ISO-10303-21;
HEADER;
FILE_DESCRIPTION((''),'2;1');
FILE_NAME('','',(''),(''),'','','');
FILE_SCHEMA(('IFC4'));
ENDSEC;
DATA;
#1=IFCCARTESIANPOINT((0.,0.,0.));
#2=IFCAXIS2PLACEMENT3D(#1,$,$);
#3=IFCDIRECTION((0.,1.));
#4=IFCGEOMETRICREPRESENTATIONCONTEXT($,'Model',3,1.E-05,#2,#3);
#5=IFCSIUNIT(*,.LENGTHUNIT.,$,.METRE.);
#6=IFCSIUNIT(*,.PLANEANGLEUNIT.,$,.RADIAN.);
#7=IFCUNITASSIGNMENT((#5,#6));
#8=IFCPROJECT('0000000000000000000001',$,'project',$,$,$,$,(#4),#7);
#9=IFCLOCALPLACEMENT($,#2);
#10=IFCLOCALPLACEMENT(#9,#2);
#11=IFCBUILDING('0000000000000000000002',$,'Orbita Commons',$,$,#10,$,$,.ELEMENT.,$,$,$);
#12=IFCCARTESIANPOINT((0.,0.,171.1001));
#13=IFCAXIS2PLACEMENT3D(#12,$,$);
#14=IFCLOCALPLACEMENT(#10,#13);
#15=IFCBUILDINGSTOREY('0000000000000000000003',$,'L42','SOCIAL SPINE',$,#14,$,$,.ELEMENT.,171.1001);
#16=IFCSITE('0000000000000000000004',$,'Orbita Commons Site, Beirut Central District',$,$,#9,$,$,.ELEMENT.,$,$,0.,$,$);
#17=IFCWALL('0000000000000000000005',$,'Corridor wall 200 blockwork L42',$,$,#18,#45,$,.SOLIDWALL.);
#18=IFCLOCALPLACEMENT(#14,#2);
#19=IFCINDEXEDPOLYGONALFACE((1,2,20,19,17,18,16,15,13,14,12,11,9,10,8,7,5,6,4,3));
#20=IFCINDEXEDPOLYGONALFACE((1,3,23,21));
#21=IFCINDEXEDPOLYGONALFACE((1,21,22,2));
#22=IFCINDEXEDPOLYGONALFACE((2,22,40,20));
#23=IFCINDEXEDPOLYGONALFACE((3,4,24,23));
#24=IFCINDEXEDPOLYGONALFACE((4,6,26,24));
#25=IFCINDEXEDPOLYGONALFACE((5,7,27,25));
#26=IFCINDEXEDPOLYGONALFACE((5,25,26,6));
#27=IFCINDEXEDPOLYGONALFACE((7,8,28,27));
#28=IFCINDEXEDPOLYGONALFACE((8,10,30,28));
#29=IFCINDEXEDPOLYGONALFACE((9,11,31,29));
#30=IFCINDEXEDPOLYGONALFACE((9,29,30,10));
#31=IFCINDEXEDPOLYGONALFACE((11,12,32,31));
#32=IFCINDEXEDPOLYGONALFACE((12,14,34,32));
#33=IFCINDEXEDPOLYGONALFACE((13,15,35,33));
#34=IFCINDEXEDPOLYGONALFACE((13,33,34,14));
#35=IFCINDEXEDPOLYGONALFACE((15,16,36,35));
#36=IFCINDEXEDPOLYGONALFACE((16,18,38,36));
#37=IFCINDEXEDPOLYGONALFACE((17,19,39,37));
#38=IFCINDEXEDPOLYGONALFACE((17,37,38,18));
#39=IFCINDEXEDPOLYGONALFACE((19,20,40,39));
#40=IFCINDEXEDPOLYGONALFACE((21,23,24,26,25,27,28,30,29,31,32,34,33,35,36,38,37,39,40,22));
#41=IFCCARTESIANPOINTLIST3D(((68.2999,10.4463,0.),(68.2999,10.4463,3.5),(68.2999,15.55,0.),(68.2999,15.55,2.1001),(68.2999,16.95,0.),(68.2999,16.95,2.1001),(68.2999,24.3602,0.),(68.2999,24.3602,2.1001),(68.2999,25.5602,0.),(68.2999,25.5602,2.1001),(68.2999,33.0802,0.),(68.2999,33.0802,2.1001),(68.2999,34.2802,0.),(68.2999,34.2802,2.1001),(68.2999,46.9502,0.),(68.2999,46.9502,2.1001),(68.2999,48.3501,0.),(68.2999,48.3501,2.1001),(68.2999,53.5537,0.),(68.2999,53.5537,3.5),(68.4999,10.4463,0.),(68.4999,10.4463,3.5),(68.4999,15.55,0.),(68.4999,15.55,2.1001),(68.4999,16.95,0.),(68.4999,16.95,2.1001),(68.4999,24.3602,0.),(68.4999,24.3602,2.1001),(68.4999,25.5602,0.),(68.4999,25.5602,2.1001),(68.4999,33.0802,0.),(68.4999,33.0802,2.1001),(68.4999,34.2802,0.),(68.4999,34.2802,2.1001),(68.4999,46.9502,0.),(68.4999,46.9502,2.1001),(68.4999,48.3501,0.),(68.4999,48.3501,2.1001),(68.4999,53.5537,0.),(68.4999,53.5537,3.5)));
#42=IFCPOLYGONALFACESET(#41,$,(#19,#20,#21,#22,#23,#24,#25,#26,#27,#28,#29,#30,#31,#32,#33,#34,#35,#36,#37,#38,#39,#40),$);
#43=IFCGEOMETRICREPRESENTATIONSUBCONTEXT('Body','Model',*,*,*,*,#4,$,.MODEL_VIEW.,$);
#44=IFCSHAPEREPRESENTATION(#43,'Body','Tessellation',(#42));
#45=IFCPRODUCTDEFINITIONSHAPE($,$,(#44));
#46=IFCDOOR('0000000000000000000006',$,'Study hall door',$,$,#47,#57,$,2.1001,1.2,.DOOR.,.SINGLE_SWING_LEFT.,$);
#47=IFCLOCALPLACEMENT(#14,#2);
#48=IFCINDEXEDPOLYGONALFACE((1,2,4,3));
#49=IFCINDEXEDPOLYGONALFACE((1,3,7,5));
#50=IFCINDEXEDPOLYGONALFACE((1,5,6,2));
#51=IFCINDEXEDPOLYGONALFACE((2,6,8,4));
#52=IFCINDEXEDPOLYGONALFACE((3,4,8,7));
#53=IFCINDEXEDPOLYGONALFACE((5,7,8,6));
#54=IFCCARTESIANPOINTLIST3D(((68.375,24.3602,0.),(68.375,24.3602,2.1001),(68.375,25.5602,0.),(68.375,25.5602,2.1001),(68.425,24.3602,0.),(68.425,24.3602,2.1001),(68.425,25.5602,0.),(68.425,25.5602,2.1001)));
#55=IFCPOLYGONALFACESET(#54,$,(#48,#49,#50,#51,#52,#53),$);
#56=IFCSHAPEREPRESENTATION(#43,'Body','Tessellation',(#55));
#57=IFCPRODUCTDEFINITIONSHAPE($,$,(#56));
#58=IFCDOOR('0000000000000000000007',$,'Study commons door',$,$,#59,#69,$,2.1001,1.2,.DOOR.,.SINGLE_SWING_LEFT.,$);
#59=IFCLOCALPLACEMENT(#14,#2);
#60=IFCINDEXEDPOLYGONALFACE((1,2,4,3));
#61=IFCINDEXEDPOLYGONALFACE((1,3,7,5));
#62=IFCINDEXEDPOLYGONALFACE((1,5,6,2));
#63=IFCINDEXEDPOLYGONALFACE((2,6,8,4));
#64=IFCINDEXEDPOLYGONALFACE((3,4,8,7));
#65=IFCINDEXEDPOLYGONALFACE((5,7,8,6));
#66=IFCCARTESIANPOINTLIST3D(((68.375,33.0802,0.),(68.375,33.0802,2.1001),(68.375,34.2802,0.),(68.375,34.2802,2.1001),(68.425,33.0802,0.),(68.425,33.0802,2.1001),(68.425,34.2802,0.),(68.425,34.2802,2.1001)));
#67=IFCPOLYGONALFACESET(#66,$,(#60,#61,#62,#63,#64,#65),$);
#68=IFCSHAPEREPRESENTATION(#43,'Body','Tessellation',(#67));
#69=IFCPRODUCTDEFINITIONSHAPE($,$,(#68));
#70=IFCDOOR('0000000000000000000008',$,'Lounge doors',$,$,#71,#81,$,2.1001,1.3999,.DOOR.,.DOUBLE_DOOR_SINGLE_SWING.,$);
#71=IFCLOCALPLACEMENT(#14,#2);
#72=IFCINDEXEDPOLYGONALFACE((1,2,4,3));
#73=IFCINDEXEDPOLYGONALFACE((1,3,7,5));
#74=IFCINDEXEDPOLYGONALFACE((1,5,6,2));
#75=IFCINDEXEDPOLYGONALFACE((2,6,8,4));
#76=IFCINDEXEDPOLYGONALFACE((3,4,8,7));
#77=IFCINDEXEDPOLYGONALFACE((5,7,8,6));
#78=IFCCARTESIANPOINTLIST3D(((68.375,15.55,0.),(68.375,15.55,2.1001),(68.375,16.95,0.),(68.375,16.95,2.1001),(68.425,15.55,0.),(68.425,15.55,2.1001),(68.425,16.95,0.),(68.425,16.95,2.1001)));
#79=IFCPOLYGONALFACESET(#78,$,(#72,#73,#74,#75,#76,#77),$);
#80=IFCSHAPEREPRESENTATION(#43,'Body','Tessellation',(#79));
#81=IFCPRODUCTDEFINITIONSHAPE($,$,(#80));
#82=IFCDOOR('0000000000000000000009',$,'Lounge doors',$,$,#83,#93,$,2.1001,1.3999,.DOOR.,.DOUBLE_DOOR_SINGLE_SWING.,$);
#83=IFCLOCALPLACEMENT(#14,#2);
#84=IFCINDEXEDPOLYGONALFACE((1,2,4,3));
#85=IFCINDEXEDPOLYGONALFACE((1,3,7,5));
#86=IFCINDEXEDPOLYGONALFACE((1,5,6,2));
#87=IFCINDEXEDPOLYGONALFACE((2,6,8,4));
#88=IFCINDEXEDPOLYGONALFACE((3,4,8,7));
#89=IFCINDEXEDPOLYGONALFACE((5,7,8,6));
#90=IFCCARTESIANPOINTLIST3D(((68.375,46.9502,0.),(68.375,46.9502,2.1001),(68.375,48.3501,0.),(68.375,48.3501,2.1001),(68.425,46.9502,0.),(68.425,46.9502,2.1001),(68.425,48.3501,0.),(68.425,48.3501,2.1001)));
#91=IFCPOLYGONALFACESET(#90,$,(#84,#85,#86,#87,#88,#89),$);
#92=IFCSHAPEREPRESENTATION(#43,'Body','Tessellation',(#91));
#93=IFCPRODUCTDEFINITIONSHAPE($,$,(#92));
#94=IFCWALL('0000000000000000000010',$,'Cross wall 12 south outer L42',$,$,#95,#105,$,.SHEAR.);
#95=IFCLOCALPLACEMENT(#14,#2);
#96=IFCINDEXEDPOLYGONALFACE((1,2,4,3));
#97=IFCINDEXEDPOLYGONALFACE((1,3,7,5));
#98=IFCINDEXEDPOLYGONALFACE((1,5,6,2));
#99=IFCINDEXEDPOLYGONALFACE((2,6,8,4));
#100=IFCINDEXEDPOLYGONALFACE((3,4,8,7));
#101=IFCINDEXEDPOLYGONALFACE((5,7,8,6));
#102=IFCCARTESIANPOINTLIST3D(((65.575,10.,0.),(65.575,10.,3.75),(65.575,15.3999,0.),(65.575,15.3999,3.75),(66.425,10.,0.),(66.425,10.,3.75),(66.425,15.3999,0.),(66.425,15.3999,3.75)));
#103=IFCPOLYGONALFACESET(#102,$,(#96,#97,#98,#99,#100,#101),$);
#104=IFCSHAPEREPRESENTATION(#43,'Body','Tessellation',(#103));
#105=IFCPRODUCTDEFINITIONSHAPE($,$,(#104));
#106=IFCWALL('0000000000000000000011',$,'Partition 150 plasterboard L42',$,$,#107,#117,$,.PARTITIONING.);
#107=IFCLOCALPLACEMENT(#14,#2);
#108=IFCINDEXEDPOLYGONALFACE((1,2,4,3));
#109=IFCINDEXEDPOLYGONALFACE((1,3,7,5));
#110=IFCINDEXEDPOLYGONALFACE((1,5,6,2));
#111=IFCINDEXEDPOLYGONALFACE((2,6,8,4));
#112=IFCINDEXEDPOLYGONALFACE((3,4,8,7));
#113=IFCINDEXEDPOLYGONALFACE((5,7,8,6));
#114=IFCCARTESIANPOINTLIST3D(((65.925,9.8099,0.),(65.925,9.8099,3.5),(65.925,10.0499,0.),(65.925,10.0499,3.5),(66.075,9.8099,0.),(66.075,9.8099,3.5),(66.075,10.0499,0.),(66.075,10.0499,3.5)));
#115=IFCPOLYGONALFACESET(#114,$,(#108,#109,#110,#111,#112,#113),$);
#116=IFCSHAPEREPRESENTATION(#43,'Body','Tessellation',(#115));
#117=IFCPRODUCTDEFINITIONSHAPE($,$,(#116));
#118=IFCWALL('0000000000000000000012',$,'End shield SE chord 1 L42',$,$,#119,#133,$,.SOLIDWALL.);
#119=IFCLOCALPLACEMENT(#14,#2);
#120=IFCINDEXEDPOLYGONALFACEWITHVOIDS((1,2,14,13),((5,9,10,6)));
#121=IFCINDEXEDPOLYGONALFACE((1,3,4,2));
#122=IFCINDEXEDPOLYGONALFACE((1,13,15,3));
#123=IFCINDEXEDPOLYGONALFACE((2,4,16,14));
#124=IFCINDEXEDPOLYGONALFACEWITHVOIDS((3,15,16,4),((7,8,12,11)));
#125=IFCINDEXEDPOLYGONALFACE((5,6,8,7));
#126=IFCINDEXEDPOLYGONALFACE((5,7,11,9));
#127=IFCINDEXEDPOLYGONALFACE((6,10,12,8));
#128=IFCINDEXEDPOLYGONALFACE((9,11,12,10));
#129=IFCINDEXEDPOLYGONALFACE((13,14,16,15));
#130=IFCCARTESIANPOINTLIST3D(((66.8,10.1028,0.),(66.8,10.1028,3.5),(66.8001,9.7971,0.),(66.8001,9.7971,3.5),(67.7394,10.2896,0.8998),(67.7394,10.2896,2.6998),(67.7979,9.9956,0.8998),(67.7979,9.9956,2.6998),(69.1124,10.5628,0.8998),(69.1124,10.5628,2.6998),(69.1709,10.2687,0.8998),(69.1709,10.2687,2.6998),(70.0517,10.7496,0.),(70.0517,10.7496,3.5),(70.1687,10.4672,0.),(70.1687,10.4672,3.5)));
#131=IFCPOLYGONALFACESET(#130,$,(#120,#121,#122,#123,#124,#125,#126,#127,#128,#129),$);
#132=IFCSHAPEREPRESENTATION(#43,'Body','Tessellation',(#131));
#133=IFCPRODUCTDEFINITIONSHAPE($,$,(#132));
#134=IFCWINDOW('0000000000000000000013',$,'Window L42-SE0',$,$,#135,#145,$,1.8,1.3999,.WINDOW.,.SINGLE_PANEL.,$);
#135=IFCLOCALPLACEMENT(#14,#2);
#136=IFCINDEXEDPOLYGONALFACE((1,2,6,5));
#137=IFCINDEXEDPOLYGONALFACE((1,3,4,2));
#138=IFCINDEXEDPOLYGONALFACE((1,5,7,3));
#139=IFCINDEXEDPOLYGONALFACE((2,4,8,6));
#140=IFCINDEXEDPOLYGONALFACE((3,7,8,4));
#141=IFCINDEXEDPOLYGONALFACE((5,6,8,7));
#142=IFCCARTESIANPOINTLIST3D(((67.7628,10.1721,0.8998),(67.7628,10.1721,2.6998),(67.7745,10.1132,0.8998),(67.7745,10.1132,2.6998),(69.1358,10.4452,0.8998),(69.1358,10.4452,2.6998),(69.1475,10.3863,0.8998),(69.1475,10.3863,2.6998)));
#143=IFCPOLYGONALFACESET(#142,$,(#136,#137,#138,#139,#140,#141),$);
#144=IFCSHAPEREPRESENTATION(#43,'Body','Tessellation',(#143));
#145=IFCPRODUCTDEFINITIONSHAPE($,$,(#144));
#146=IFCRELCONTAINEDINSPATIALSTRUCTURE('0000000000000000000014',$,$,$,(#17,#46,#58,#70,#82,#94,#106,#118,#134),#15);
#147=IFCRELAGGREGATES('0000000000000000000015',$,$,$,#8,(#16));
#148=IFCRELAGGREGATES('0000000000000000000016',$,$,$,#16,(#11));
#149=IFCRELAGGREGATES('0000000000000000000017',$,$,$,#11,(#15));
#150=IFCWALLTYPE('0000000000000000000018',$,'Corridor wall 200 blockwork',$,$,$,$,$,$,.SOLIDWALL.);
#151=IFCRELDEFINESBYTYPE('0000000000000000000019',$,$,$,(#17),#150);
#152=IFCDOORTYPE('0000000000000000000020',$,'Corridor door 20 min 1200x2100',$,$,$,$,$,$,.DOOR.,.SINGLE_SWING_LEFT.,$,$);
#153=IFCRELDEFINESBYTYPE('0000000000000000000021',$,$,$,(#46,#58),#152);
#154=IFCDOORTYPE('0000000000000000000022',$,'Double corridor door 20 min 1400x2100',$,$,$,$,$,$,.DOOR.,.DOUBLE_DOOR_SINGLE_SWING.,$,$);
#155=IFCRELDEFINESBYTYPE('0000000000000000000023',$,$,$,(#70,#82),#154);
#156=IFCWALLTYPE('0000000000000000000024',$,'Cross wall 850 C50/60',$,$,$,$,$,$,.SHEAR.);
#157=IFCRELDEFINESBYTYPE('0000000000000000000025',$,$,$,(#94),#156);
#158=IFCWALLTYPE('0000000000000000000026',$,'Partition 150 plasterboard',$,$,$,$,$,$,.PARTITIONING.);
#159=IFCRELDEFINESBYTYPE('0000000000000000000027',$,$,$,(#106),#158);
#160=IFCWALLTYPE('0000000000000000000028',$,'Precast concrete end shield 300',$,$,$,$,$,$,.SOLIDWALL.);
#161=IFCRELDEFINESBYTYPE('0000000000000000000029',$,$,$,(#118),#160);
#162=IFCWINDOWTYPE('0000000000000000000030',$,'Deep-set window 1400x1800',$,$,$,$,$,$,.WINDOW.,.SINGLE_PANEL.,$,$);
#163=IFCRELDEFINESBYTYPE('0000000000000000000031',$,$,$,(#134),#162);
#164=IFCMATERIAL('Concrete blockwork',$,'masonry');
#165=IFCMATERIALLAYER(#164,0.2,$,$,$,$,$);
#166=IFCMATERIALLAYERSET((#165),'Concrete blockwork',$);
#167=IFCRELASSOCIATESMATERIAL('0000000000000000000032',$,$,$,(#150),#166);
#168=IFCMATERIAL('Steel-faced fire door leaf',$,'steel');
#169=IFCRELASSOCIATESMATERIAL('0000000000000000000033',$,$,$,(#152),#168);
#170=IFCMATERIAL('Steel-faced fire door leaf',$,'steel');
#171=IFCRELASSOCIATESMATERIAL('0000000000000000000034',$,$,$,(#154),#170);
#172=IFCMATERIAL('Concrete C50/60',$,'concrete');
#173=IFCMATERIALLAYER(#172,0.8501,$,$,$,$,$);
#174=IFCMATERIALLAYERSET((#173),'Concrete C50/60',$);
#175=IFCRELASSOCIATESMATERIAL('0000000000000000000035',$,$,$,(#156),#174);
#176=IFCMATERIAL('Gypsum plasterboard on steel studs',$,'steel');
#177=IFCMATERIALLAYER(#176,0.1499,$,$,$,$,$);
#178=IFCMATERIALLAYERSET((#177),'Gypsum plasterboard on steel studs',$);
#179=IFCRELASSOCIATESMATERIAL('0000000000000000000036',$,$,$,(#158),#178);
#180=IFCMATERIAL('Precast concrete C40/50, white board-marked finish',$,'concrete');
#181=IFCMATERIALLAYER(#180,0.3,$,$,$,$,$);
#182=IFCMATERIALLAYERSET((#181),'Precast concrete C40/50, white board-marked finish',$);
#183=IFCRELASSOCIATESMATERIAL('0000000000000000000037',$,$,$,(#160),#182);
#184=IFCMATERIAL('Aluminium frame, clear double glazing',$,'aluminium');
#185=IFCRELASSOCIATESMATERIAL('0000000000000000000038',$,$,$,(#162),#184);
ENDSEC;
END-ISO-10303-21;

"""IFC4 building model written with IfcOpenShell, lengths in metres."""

from ifc_helpers import new_model, si_unit, direction, frame, frame_2d, origin, place, context, subcontext, project, spatial, polyline, rectangle, outline, extrude, material, layer, layer_set, type_object, element, fill, save


model = new_model("IFC4")

# Units and contexts
model_context = context("Model", 3, precision=1e-05, world=origin(), true_north=direction((0.0, 1.0)))
body_context = subcontext(model_context, "Body", "Model", "MODEL_VIEW")
ifc_project = project(units=[si_unit("LENGTHUNIT", "METRE"), si_unit("PLANEANGLEUNIT", "RADIAN")], contexts=[model_context])

# Site, building, storey
site_placement = place(None, origin())
site = spatial("IfcSite", under=ifc_project, at=site_placement, Name="Orbita Commons Site, Beirut Central District", CompositionType="ELEMENT", RefElevation=0.0)
building_placement = place(site_placement, origin())
building = spatial("IfcBuilding", under=site, at=building_placement, Name="Orbita Commons", CompositionType="ELEMENT")
storey_placement = place(building_placement, frame((0.0, 0.0, 171.1001)))
storey = spatial("IfcBuildingStorey", under=building, at=storey_placement, Name="L42", Description="SOCIAL SPINE", CompositionType="ELEMENT", Elevation=171.1001)

# Wall, openings, doors
ifc_material_1 = material(Name="Concrete blockwork", Category="masonry")
ifc_layer_1 = layer(ifc_material_1, 0.2)
ifc_layer_set_1 = layer_set([ifc_layer_1], Name="Concrete blockwork")
wall_type_1 = type_object("IfcWallType", Name="Corridor wall 200 blockwork", PredefinedType="SOLIDWALL", material=ifc_layer_set_1)
wall_1_placement = place(storey_placement, frame((68.3999, 10.4463, 0.0), z_axis=(0.0, 0.0, 1.0), x_axis=(0.0, 1.0, 0.0)))
wall_1 = element("IfcWall", 1, at=wall_1_placement, inside=storey, type_object=wall_type_1, Name="Corridor wall 200 blockwork L42", PredefinedType="SOLIDWALL", context=body_context, shape_type="SweptSolid", body=[
    extrude(rectangle(XDim=43.1074, YDim=0.2, at=frame_2d((21.5537, 0.0))), origin(), (0.0, 0.0, 1.0), 3.5),
])
opening_1_placement = place(wall_1_placement, frame((13.9138, 0.0, 0.0)))
opening_1 = element("IfcOpeningElement", 2, at=opening_1_placement, cuts=wall_1, PredefinedType="OPENING", context=body_context, shape_type="SweptSolid", body=[
    extrude(rectangle(XDim=1.2, YDim=2.1001, at=frame_2d((0.6001, 1.05))), frame((0.0, 0.1099, 0.0), z_axis=(0.0, -1.0, 0.0), x_axis=(1.0, 0.0, 0.0)), (0.0, 0.0, 1.0), 0.22),
])
opening_2_placement = place(wall_1_placement, frame((22.6338, 0.0, 0.0)))
opening_2 = element("IfcOpeningElement", 3, at=opening_2_placement, cuts=wall_1, PredefinedType="OPENING", context=body_context, shape_type="SweptSolid", body=[
    extrude(rectangle(XDim=1.2, YDim=2.1001, at=frame_2d((0.6001, 1.05))), frame((0.0, 0.1099, 0.0), z_axis=(0.0, -1.0, 0.0), x_axis=(1.0, 0.0, 0.0)), (0.0, 0.0, 1.0), 0.22),
])
opening_3_placement = place(wall_1_placement, frame((5.1038, 0.0, 0.0)))
opening_3 = element("IfcOpeningElement", 4, at=opening_3_placement, cuts=wall_1, PredefinedType="OPENING", context=body_context, shape_type="SweptSolid", body=[
    extrude(rectangle(XDim=1.3999, YDim=2.1001, at=frame_2d((0.7, 1.05))), frame((0.0, 0.1099, 0.0), z_axis=(0.0, -1.0, 0.0), x_axis=(1.0, 0.0, 0.0)), (0.0, 0.0, 1.0), 0.22),
])
opening_4_placement = place(wall_1_placement, frame((36.5039, 0.0, 0.0)))
opening_4 = element("IfcOpeningElement", 5, at=opening_4_placement, cuts=wall_1, PredefinedType="OPENING", context=body_context, shape_type="SweptSolid", body=[
    extrude(rectangle(XDim=1.3999, YDim=2.1001, at=frame_2d((0.7, 1.05))), frame((0.0, 0.1099, 0.0), z_axis=(0.0, -1.0, 0.0), x_axis=(1.0, 0.0, 0.0)), (0.0, 0.0, 1.0), 0.22),
])
ifc_material_2 = material(Name="Steel-faced fire door leaf", Category="steel")
door_type_1 = type_object("IfcDoorType", Name="Corridor door 20 min 1200x2100", OperationType="SINGLE_SWING_LEFT", PredefinedType="DOOR", material=ifc_material_2)
door_1_placement = place(opening_1_placement, origin())
door_1 = element("IfcDoor", 6, at=door_1_placement, inside=storey, type_object=door_type_1, Name="Study hall door", OperationType="SINGLE_SWING_LEFT", OverallHeight=2.1001, OverallWidth=1.2, PredefinedType="DOOR", context=body_context, shape_type="SweptSolid", body=[
    extrude(rectangle(XDim=1.2, YDim=2.1001, at=frame_2d((0.6001, 1.05))), frame((0.0, 0.0249, 0.0), z_axis=(0.0, -1.0, 0.0), x_axis=(1.0, 0.0, 0.0)), (0.0, 0.0, 1.0), 0.05),
])
fill(opening_1, door_1)
door_2_placement = place(opening_2_placement, origin())
door_2 = element("IfcDoor", 7, at=door_2_placement, inside=storey, type_object=door_type_1, Name="Study commons door", OperationType="SINGLE_SWING_LEFT", OverallHeight=2.1001, OverallWidth=1.2, PredefinedType="DOOR", context=body_context, shape_type="SweptSolid", body=[
    extrude(rectangle(XDim=1.2, YDim=2.1001, at=frame_2d((0.6001, 1.05))), frame((0.0, 0.0249, 0.0), z_axis=(0.0, -1.0, 0.0), x_axis=(1.0, 0.0, 0.0)), (0.0, 0.0, 1.0), 0.05),
])
fill(opening_2, door_2)
ifc_material_3 = material(Name="Steel-faced fire door leaf", Category="steel")
door_type_2 = type_object("IfcDoorType", Name="Double corridor door 20 min 1400x2100", OperationType="DOUBLE_DOOR_SINGLE_SWING", PredefinedType="DOOR", material=ifc_material_3)
door_3_placement = place(opening_3_placement, origin())
door_3 = element("IfcDoor", 8, at=door_3_placement, inside=storey, type_object=door_type_2, Name="Lounge doors", OperationType="DOUBLE_DOOR_SINGLE_SWING", OverallHeight=2.1001, OverallWidth=1.3999, PredefinedType="DOOR", context=body_context, shape_type="SweptSolid", body=[
    extrude(rectangle(XDim=1.3999, YDim=2.1001, at=frame_2d((0.7, 1.05))), frame((0.0, 0.0249, 0.0), z_axis=(0.0, -1.0, 0.0), x_axis=(1.0, 0.0, 0.0)), (0.0, 0.0, 1.0), 0.05),
])
fill(opening_3, door_3)
door_4_placement = place(opening_4_placement, origin())
door_4 = element("IfcDoor", 9, at=door_4_placement, inside=storey, type_object=door_type_2, Name="Lounge doors", OperationType="DOUBLE_DOOR_SINGLE_SWING", OverallHeight=2.1001, OverallWidth=1.3999, PredefinedType="DOOR", context=body_context, shape_type="SweptSolid", body=[
    extrude(rectangle(XDim=1.3999, YDim=2.1001, at=frame_2d((0.7, 1.05))), frame((0.0, 0.0249, 0.0), z_axis=(0.0, -1.0, 0.0), x_axis=(1.0, 0.0, 0.0)), (0.0, 0.0, 1.0), 0.05),
])
fill(opening_4, door_4)

# Walls
ifc_material_4 = material(Name="Concrete C50/60", Category="concrete")
ifc_layer_2 = layer(ifc_material_4, 0.8501)
ifc_layer_set_2 = layer_set([ifc_layer_2], Name="Concrete C50/60")
wall_type_2 = type_object("IfcWallType", Name="Cross wall 850 C50/60", PredefinedType="SHEAR", material=ifc_layer_set_2)
wall_2_placement = place(storey_placement, frame((66.0, 10.0, 0.0), z_axis=(0.0, 0.0, 1.0), x_axis=(0.0, 1.0, 0.0)))
element("IfcWall", 10, at=wall_2_placement, inside=storey, type_object=wall_type_2, Name="Cross wall 12 south outer L42", PredefinedType="SHEAR", context=body_context, shape_type="SweptSolid", body=[
    extrude(rectangle(XDim=5.3999, YDim=0.8501, at=frame_2d((2.7, 0.0))), origin(), (0.0, 0.0, 1.0), 3.75),
])
ifc_material_5 = material(Name="Gypsum plasterboard on steel studs", Category="steel")
ifc_layer_3 = layer(ifc_material_5, 0.1499)
ifc_layer_set_3 = layer_set([ifc_layer_3], Name="Gypsum plasterboard on steel studs")
wall_type_3 = type_object("IfcWallType", Name="Partition 150 plasterboard", PredefinedType="PARTITIONING", material=ifc_layer_set_3)
wall_3_placement = place(storey_placement, frame((66.0, 10.05, 0.0), z_axis=(0.0, 0.0, 1.0), x_axis=(0.0, -1.0, 0.0)))
element("IfcWall", 11, at=wall_3_placement, inside=storey, type_object=wall_type_3, Name="Partition 150 plasterboard L42", PredefinedType="PARTITIONING", context=body_context, shape_type="SweptSolid", body=[
    extrude(rectangle(XDim=0.24, YDim=0.1499, at=frame_2d((0.1201, 0.0))), origin(), (0.0, 0.0, 1.0), 3.5),
])

# Wall, opening, window
ifc_material_6 = material(Name="Precast concrete C40/50, white board-marked finish", Category="concrete")
ifc_layer_4 = layer(ifc_material_6, 0.3)
ifc_layer_set_4 = layer_set([ifc_layer_4], Name="Precast concrete C40/50, white board-marked finish")
wall_type_4 = type_object("IfcWallType", Name="Precast concrete end shield 300", PredefinedType="SOLIDWALL", material=ifc_layer_set_4)
wall_4_placement = place(storey_placement, frame((66.8, 9.95, 0.0), z_axis=(0.0, 0.0, 1.0), x_axis=(0.980783, 0.1951, 0.0)))
wall_4 = element("IfcWall", 12, at=wall_4_placement, inside=storey, type_object=wall_type_4, Name="End shield SE chord 1 L42", PredefinedType="SOLIDWALL", context=body_context, shape_type="SweptSolid", body=[
    extrude(outline(polyline([(-0.0298, -0.1499), (3.4048, -0.1499), (3.3452, 0.1499), (0.0298, 0.1499), (-0.0298, -0.1499)])), origin(), (0.0, 0.0, 1.0), 3.5),
])
opening_5_placement = place(wall_4_placement, frame((0.9875, 0.0, 0.8999)))
opening_5 = element("IfcOpeningElement", 13, at=opening_5_placement, cuts=wall_4, PredefinedType="OPENING", context=body_context, shape_type="SweptSolid", body=[
    extrude(rectangle(XDim=1.3999, YDim=1.8, at=frame_2d((0.7, 0.8999))), frame((0.0, 0.1599, 0.0), z_axis=(0.0, -1.0, 0.0), x_axis=(1.0, 0.0, 0.0)), (0.0, 0.0, 1.0), 0.3201),
])
ifc_material_7 = material(Name="Aluminium frame, clear double glazing", Category="aluminium")
window_type = type_object("IfcWindowType", Name="Deep-set window 1400x1800", PartitioningType="SINGLE_PANEL", PredefinedType="WINDOW", material=ifc_material_7)
window_1_placement = place(opening_5_placement, origin())
window_1 = element("IfcWindow", 14, at=window_1_placement, inside=storey, type_object=window_type, Name="Window L42-SE0", OverallHeight=1.8, OverallWidth=1.3999, PartitioningType="SINGLE_PANEL", PredefinedType="WINDOW", context=body_context, shape_type="SweptSolid", body=[
    extrude(rectangle(XDim=1.3999, YDim=1.8, at=frame_2d((0.7, 0.8999))), frame((0.0, 0.03, 0.0), z_axis=(0.0, -1.0, 0.0), x_axis=(1.0, 0.0, 0.0)), (0.0, 0.0, 1.0), 0.0601),
])
fill(opening_5, window_1)

save(model, "model.ifc")
